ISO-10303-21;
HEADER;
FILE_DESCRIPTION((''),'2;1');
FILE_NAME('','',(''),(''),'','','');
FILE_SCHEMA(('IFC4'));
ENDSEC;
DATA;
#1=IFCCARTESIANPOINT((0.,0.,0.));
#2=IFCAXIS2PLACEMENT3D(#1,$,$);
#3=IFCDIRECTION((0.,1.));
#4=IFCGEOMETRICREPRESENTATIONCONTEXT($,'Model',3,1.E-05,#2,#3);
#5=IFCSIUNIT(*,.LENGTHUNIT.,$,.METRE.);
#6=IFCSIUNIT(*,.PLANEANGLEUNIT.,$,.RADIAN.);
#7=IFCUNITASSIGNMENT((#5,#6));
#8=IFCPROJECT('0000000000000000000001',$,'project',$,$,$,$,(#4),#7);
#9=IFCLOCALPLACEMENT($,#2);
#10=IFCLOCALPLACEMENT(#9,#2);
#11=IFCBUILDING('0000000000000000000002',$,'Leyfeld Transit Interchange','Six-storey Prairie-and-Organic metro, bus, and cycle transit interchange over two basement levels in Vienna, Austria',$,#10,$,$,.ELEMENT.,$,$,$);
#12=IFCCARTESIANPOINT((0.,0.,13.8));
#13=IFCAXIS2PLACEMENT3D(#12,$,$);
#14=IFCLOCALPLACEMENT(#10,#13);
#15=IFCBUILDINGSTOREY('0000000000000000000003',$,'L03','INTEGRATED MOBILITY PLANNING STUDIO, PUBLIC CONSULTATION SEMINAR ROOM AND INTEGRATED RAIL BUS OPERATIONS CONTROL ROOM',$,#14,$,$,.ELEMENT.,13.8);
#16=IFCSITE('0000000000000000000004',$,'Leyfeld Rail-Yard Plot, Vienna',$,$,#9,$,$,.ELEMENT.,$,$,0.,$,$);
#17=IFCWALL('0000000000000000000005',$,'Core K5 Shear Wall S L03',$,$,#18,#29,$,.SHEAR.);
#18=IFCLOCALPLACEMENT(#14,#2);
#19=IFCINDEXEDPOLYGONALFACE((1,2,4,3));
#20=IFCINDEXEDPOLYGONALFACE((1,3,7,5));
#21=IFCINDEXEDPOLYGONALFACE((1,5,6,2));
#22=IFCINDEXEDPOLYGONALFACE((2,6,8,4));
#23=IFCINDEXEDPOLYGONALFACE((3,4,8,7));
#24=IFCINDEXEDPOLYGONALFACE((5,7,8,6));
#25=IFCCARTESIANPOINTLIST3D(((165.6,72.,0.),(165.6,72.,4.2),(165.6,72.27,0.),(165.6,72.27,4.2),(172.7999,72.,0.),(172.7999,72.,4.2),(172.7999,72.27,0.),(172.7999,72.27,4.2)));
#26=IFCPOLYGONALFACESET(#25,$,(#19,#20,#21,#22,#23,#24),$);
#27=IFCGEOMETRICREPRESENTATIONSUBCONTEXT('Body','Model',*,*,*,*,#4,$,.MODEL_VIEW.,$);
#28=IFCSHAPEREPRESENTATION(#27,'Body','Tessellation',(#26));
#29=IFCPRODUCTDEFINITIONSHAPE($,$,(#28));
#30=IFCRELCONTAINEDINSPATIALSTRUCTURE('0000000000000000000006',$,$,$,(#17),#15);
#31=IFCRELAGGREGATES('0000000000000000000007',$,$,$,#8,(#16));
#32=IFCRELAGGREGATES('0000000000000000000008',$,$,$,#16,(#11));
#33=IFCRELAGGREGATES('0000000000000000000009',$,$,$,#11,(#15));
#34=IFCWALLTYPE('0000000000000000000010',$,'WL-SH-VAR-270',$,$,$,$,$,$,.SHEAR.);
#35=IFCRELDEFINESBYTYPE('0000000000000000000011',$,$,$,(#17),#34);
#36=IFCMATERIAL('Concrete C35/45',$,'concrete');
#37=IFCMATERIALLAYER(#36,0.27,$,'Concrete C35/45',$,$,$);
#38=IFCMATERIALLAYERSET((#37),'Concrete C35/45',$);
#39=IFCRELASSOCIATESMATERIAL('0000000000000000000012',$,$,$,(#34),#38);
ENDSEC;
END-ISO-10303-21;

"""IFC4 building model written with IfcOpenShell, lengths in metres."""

from ifc_helpers import new_model, si_unit, direction, frame, frame_2d, origin, place, context, subcontext, project, spatial, rectangle, extrude, material, layer, layer_set, type_object, element, save


model = new_model("IFC4")

# Units and contexts
model_context = context("Model", 3, precision=1e-05, world=origin(), true_north=direction((0.0, 1.0)))
body_context = subcontext(model_context, "Body", "Model", "MODEL_VIEW")
ifc_project = project(units=[si_unit("LENGTHUNIT", "METRE"), si_unit("PLANEANGLEUNIT", "RADIAN")], contexts=[model_context])

# Site, building, storey
site_placement = place(None, origin())
site = spatial("IfcSite", under=ifc_project, at=site_placement, Name="Leyfeld Rail-Yard Plot, Vienna", CompositionType="ELEMENT", RefElevation=0.0)
building_placement = place(site_placement, origin())
building = spatial("IfcBuilding", under=site, at=building_placement, Name="Leyfeld Transit Interchange", Description="Six-storey Prairie-and-Organic metro, bus, and cycle transit interchange over two basement levels in Vienna, Austria", CompositionType="ELEMENT")
storey_placement = place(building_placement, frame((0.0, 0.0, 13.8)))
storey = spatial("IfcBuildingStorey", under=building, at=storey_placement, Name="L03", Description="INTEGRATED MOBILITY PLANNING STUDIO, PUBLIC CONSULTATION SEMINAR ROOM AND INTEGRATED RAIL BUS OPERATIONS CONTROL ROOM", CompositionType="ELEMENT", Elevation=13.8)

# Wall
ifc_material_1 = material(Name="Concrete C35/45", Category="concrete")
ifc_layer_1 = layer(ifc_material_1, 0.27, Name="Concrete C35/45")
ifc_layer_set_1 = layer_set([ifc_layer_1], Name="Concrete C35/45")
wall_type_1 = type_object("IfcWallType", Name="WL-SH-VAR-270", PredefinedType="SHEAR", material=ifc_layer_set_1)
wall_1_placement = place(storey_placement, frame((172.8, 72.135, 0.0), z_axis=(0.0, 0.0, 1.0), x_axis=(-1.0, 0.0, 0.0)))
element("IfcWall", 1, at=wall_1_placement, inside=storey, type_object=wall_type_1, Name="Core K5 Shear Wall S L03", PredefinedType="SHEAR", context=body_context, shape_type="SweptSolid", body=[
    extrude(rectangle(XDim=7.2, YDim=0.27, at=frame_2d((3.6001, 0.0))), origin(), (0.0, 0.0, 1.0), 4.2),
])

save(model, "model.ifc")
